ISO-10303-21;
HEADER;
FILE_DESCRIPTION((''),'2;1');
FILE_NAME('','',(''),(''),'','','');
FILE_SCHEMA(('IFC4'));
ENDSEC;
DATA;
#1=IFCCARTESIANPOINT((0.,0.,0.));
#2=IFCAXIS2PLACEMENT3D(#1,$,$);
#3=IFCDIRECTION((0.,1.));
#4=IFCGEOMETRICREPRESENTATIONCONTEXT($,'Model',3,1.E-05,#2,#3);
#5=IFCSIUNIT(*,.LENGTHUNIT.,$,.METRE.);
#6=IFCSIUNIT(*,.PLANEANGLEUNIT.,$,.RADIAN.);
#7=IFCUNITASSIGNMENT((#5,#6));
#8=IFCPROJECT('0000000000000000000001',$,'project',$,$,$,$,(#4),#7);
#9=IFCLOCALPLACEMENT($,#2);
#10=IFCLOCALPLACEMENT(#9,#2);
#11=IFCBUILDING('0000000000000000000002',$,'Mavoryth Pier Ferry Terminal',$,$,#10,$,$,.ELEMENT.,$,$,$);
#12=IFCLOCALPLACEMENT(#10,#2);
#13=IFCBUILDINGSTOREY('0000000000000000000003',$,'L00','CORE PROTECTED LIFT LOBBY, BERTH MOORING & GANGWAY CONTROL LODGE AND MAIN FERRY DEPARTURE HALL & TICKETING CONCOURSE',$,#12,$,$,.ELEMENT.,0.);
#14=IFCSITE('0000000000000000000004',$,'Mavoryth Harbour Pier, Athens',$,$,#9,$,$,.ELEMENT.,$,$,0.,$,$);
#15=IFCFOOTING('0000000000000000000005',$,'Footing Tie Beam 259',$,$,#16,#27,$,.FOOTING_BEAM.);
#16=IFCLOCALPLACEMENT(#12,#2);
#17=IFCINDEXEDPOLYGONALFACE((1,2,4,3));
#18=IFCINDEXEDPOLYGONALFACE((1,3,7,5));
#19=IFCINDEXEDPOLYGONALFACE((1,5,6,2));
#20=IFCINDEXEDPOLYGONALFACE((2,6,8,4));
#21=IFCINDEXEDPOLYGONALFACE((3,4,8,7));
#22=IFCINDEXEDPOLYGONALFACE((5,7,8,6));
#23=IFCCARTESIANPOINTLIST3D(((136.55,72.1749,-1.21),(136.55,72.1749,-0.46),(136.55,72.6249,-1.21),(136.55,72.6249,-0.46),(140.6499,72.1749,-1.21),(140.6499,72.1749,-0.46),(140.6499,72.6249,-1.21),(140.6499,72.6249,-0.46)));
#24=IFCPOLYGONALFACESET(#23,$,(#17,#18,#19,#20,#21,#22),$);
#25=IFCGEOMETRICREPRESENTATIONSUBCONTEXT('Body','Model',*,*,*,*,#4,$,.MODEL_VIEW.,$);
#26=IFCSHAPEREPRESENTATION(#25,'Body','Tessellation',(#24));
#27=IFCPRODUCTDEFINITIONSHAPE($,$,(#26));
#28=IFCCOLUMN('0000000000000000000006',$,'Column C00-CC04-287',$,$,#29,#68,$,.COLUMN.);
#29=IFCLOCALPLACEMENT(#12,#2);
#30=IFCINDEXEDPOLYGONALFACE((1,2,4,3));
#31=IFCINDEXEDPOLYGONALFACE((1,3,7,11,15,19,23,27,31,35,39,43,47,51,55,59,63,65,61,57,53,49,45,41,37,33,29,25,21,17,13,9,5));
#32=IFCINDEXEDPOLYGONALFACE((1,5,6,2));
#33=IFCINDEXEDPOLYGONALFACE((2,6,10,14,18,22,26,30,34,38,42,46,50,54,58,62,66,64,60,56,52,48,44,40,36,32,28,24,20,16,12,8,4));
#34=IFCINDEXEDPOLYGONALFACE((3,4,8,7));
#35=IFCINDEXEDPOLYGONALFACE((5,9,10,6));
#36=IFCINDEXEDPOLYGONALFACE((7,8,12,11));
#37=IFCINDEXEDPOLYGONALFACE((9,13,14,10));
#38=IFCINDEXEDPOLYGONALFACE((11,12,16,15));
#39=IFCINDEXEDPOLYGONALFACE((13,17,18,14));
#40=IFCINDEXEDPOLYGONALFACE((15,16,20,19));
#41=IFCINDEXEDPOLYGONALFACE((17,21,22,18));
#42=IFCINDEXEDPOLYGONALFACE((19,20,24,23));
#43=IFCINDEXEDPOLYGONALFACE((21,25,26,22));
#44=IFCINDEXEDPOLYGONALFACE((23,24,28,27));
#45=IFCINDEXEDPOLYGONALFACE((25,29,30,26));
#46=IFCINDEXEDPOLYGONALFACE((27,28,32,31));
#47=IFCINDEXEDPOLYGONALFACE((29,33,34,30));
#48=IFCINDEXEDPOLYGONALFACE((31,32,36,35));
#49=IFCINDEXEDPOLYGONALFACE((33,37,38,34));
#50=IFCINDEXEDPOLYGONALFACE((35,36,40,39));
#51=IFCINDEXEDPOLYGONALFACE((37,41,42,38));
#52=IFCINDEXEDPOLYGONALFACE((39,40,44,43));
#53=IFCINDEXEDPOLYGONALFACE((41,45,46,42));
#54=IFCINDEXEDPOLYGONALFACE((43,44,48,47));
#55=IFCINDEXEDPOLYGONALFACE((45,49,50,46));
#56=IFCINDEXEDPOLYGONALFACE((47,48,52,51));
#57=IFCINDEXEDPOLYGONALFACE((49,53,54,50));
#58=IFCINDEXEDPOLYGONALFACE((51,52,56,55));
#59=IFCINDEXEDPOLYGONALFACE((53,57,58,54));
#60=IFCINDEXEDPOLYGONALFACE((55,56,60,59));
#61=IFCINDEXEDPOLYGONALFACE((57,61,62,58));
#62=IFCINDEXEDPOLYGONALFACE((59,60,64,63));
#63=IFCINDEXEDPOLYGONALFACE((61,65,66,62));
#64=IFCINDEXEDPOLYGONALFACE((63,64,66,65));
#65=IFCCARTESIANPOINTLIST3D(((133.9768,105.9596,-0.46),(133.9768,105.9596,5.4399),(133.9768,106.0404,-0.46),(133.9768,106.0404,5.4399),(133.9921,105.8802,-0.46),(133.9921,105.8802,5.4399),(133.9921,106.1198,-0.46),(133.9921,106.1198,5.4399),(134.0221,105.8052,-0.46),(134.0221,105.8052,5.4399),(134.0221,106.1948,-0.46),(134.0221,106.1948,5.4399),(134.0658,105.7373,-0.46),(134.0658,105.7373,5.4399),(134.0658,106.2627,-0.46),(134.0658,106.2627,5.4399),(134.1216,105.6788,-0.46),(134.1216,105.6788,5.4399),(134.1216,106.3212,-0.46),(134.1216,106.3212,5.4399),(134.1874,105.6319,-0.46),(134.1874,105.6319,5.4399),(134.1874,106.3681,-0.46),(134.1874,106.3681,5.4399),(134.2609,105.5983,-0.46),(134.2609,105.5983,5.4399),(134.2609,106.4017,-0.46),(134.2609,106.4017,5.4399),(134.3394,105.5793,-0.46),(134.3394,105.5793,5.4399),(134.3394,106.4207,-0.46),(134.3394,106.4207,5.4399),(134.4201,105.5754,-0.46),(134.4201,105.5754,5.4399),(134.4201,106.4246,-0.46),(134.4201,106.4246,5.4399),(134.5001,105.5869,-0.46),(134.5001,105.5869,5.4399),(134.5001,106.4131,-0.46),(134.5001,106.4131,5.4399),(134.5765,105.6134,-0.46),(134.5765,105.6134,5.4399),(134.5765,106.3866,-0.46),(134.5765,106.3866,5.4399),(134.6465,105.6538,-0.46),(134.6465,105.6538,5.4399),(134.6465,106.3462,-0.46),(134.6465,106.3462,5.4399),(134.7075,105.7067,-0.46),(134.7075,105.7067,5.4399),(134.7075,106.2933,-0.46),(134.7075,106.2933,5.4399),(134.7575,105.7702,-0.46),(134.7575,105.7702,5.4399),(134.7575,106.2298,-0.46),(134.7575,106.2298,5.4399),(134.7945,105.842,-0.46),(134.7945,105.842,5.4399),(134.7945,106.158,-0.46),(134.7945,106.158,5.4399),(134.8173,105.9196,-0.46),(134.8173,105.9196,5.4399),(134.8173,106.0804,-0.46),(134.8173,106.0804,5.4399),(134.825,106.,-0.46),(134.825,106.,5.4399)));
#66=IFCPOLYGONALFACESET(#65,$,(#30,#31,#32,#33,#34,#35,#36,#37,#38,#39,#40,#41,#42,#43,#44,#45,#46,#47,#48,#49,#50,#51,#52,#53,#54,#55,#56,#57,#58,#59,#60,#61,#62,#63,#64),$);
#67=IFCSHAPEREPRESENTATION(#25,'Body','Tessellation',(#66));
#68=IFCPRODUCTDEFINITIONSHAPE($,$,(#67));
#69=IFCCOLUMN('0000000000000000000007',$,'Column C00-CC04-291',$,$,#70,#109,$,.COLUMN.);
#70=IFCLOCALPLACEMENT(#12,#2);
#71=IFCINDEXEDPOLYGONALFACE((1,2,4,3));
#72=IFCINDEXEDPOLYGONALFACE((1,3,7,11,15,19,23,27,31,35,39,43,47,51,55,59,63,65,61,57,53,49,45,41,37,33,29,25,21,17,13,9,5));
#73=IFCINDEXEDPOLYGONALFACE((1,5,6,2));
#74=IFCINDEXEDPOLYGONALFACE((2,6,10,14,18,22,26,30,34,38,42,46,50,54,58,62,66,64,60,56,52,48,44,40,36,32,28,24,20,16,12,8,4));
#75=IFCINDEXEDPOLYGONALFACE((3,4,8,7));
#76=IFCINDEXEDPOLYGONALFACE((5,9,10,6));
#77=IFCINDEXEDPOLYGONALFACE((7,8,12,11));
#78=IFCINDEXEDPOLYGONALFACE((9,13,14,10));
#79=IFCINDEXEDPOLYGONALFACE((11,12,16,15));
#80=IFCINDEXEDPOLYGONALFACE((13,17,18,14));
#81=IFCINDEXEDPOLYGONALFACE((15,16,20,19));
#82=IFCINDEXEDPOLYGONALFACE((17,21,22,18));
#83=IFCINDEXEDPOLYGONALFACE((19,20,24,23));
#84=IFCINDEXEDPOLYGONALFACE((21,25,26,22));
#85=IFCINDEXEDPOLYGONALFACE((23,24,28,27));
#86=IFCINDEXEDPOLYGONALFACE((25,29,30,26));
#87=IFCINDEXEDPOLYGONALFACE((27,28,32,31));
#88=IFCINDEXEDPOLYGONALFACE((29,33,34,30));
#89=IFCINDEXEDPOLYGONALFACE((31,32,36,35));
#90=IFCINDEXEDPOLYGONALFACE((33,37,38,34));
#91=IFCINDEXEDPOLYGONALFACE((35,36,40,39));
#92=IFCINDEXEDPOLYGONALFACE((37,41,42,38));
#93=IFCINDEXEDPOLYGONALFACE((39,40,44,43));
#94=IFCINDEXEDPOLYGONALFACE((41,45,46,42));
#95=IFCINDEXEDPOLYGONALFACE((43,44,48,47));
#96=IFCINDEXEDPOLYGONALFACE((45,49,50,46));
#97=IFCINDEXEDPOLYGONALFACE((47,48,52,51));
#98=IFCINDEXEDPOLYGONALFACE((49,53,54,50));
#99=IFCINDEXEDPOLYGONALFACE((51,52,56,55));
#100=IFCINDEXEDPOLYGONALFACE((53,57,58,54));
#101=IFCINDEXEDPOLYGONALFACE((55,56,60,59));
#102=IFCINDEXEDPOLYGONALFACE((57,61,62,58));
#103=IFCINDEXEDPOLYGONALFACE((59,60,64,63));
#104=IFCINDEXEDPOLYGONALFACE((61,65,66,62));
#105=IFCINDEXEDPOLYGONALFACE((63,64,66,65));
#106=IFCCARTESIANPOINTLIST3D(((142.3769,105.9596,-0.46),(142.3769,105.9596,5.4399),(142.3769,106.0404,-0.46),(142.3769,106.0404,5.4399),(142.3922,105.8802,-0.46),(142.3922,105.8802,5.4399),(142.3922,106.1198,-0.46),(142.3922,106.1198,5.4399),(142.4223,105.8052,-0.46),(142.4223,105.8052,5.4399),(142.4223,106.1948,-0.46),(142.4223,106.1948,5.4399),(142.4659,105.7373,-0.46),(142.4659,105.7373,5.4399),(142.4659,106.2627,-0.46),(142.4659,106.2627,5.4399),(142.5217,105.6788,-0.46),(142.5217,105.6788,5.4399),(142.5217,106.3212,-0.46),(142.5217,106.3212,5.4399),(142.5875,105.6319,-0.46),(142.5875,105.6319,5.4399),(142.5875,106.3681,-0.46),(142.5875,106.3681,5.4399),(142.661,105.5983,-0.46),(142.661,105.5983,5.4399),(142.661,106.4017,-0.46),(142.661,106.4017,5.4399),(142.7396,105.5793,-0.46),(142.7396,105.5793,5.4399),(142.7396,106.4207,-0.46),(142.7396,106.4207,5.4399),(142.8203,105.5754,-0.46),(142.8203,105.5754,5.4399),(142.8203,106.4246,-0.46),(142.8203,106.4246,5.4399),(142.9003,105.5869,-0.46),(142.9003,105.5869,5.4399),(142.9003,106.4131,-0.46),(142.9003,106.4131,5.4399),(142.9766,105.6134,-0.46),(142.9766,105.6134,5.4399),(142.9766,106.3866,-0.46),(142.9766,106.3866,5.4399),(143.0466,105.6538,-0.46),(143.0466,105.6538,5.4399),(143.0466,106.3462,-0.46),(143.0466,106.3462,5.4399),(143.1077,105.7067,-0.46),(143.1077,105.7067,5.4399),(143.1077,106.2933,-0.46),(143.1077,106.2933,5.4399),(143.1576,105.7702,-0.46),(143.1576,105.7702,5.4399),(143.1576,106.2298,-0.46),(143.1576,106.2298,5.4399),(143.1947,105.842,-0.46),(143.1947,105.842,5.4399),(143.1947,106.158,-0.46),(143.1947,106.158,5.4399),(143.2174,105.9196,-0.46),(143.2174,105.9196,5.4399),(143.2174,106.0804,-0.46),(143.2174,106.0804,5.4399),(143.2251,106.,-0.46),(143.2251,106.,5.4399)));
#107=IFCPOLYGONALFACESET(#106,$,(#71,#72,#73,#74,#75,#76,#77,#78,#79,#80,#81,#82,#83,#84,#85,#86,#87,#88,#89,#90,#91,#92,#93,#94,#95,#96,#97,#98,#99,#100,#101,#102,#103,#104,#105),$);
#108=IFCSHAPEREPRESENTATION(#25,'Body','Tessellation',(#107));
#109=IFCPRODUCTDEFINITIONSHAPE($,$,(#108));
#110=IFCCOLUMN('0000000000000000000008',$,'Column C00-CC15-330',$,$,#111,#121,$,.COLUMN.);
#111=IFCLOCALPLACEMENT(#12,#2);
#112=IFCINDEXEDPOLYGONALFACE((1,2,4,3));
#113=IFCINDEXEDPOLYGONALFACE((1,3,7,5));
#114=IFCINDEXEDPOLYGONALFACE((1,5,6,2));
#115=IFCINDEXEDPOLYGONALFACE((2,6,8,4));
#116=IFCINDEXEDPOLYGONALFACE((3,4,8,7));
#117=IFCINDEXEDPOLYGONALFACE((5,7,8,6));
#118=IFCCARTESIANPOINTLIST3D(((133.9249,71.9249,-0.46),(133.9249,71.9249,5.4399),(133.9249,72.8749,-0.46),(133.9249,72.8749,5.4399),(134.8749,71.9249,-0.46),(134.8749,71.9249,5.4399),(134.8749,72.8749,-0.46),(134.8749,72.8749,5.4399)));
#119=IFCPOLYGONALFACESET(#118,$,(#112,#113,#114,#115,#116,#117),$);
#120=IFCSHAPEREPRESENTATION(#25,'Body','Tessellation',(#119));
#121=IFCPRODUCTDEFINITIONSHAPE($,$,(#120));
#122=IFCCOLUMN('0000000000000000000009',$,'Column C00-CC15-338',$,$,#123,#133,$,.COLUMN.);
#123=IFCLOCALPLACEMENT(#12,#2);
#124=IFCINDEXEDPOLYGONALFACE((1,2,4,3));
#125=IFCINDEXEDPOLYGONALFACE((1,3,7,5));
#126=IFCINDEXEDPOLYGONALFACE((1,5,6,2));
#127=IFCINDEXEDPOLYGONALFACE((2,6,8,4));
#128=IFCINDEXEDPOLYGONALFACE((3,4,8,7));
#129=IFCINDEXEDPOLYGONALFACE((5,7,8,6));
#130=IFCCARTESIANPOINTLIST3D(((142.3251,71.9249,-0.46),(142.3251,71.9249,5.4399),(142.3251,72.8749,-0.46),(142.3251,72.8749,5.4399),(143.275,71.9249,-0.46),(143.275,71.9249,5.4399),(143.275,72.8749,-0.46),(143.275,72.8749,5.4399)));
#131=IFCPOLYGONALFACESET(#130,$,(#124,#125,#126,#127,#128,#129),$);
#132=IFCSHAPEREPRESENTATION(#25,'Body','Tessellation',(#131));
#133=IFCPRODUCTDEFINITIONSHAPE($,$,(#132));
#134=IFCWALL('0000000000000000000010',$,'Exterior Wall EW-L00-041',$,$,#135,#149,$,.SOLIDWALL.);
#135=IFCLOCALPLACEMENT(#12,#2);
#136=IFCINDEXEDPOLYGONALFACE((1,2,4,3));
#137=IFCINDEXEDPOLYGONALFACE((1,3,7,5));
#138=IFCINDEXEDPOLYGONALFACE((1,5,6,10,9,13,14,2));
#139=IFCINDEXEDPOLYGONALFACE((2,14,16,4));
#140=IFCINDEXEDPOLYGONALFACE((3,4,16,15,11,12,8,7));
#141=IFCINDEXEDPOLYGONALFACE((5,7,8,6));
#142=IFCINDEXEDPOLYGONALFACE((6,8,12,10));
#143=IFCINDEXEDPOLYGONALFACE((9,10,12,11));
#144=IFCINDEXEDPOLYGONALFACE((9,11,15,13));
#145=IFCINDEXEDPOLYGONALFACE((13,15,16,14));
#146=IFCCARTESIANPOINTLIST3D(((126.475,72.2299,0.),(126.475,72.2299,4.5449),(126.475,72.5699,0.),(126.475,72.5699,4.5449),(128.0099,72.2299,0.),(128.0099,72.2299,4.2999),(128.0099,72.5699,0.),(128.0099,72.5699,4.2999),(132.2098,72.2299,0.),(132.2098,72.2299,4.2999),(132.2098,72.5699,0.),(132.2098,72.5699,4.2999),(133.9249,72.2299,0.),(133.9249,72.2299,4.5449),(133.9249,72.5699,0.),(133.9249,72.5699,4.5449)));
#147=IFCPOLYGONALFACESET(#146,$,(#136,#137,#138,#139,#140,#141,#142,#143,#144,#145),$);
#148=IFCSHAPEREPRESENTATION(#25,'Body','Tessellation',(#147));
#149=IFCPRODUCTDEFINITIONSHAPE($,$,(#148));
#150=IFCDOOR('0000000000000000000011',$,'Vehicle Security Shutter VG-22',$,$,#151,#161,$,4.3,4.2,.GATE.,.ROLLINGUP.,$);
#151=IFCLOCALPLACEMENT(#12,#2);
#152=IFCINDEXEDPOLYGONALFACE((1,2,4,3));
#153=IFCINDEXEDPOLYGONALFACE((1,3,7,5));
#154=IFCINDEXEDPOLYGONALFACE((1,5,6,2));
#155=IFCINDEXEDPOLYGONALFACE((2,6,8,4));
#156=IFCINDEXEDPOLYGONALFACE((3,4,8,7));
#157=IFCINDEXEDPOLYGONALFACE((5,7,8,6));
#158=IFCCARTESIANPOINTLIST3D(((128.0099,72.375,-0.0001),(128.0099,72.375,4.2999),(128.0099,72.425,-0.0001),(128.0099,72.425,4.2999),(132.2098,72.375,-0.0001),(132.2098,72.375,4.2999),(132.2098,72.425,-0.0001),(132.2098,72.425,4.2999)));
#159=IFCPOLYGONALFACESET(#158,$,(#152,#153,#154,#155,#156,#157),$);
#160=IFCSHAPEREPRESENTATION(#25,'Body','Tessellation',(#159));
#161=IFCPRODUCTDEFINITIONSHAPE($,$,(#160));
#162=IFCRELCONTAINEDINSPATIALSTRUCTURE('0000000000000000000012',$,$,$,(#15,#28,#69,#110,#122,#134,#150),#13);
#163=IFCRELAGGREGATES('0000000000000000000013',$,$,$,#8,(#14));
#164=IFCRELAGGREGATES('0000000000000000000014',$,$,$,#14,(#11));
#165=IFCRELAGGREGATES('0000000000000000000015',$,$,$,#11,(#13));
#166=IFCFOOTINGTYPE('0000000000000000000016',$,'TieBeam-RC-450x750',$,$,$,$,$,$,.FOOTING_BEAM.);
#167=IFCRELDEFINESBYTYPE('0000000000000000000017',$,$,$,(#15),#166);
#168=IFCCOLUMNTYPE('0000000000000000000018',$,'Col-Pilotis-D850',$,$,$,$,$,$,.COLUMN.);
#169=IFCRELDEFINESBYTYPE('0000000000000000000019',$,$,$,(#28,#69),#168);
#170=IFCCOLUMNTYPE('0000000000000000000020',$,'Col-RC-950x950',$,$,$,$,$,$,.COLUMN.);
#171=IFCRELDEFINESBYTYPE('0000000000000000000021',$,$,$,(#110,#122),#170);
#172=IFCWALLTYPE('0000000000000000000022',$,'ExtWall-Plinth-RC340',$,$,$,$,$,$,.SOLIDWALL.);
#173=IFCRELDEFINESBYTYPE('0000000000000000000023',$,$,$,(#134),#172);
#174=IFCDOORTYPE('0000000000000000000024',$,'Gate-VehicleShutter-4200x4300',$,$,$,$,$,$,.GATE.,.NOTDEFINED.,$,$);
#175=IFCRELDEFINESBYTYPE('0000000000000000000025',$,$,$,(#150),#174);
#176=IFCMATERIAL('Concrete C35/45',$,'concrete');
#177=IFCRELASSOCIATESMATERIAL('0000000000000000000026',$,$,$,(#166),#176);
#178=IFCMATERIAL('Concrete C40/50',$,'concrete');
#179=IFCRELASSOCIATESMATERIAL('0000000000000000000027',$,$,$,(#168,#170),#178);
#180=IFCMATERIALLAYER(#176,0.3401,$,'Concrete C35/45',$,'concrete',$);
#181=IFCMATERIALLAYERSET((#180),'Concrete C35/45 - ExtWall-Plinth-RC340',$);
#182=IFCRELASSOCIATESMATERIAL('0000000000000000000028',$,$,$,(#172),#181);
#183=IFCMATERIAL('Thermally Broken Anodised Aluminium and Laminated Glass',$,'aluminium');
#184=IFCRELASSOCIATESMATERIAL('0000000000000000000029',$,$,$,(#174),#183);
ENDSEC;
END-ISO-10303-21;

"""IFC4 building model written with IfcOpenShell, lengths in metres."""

from ifc_helpers import new_model, si_unit, direction, frame, frame_2d, origin, origin_2d, place, context, subcontext, project, spatial, rectangle, circle, extrude, material, layer, layer_set, material_profile, profile_set, type_object, element, fill, save


model = new_model("IFC4")

# Units and contexts
model_context = context("Model", 3, precision=1e-05, world=origin(), true_north=direction((0.0, 1.0)))
body_context = subcontext(model_context, "Body", "Model", "MODEL_VIEW")
ifc_project = project(units=[si_unit("LENGTHUNIT", "METRE"), si_unit("PLANEANGLEUNIT", "RADIAN")], contexts=[model_context])

# Site, building, storey
site_placement = place(None, origin())
site = spatial("IfcSite", under=ifc_project, at=site_placement, Name="Mavoryth Harbour Pier, Athens", CompositionType="ELEMENT", RefElevation=0.0)
building_placement = place(site_placement, origin())
building = spatial("IfcBuilding", under=site, at=building_placement, Name="Mavoryth Pier Ferry Terminal", CompositionType="ELEMENT")
storey_placement = place(building_placement, origin())
storey = spatial("IfcBuildingStorey", under=building, at=storey_placement, Name="L00", Description="CORE PROTECTED LIFT LOBBY, BERTH MOORING & GANGWAY CONTROL LODGE AND MAIN FERRY DEPARTURE HALL & TICKETING CONCOURSE", CompositionType="ELEMENT", Elevation=0.0)

# Shared definitions
ifc_material_1 = material(Name="Concrete C35/45", Category="concrete")

# Footing
ifc_material_profile_1 = material_profile(ifc_material_1, rectangle(XDim=0.45, YDim=0.75, at=origin_2d()), Name="RC 450x750", Category="concrete")
ifc_profile_set_1 = profile_set([ifc_material_profile_1], Name="Concrete C35/45 - RC 450x750")
footing_type_1 = type_object("IfcFootingType", Name="TieBeam-RC-450x750", PredefinedType="FOOTING_BEAM", material=ifc_profile_set_1)
footing_1_placement = place(storey_placement, frame((136.55, 72.3999, -0.835), z_axis=(1.0, 0.0, 0.0), x_axis=(0.0, 1.0, 0.0)))
element("IfcFooting", 1, at=footing_1_placement, inside=storey, type_object=footing_type_1, Name="Footing Tie Beam 259", PredefinedType="FOOTING_BEAM", context=body_context, shape_type="SweptSolid", body=[
    extrude(rectangle(XDim=0.45, YDim=0.75, at=origin_2d()), origin(), (0.0, 0.0, 1.0), 4.0999),
])

# Columns
ifc_material_2 = material(Name="Concrete C40/50", Category="concrete")
ifc_material_profile_2 = material_profile(ifc_material_2, circle(Radius=0.425, at=origin_2d()), Name="RC D850", Category="concrete")
ifc_profile_set_2 = profile_set([ifc_material_profile_2], Name="Concrete C40/50 - RC D850")
column_type_1 = type_object("IfcColumnType", Name="Col-Pilotis-D850", PredefinedType="COLUMN", material=ifc_profile_set_2)
for number, where, z_axis, x_axis, name in (
    (2, (134.3999, 106.0, -0.46), (0.0, 0.0, 1.0), (1.0, 0.0, 0.0), "Column C00-CC04-287"),
    (3, (142.8, 106.0, -0.46), (0.0, 0.0, 1.0), (1.0, 0.0, 0.0), "Column C00-CC04-291"),
):
    element("IfcColumn", number, at=place(storey_placement, frame(where, z_axis=z_axis, x_axis=x_axis)), inside=storey, type_object=column_type_1, Name=name, PredefinedType="COLUMN", context=body_context, shape_type="SweptSolid", body=[
        extrude(circle(Radius=0.425, at=origin_2d()), origin(), (0.0, 0.0, 1.0), 5.8999),
    ])
ifc_material_profile_3 = material_profile(ifc_material_2, rectangle(XDim=0.95, YDim=0.95, at=origin_2d()), Name="RC 950x950", Category="concrete")
ifc_profile_set_3 = profile_set([ifc_material_profile_3], Name="Concrete C40/50 - RC 950x950")
column_type_2 = type_object("IfcColumnType", Name="Col-RC-950x950", PredefinedType="COLUMN", material=ifc_profile_set_3)
for number, where, z_axis, x_axis, name in (
    (4, (134.3999, 72.3999, -0.46), (0.0, 0.0, 1.0), (1.0, 0.0, 0.0), "Column C00-CC15-330"),
    (5, (142.8, 72.3999, -0.46), (0.0, 0.0, 1.0), (1.0, 0.0, 0.0), "Column C00-CC15-338"),
):
    element("IfcColumn", number, at=place(storey_placement, frame(where, z_axis=z_axis, x_axis=x_axis)), inside=storey, type_object=column_type_2, Name=name, PredefinedType="COLUMN", context=body_context, shape_type="SweptSolid", body=[
        extrude(rectangle(XDim=0.95, YDim=0.95, at=origin_2d()), origin(), (0.0, 0.0, 1.0), 5.8999),
    ])

# Shared definitions
ifc_material_3 = material(Name="Thermally Broken Anodised Aluminium and Laminated Glass", Category="aluminium")

# Wall, opening, door
ifc_layer_1 = layer(ifc_material_1, 0.3401, Name="Concrete C35/45", Category="concrete")
ifc_layer_set_1 = layer_set([ifc_layer_1], Name="Concrete C35/45 - ExtWall-Plinth-RC340")
wall_type_1 = type_object("IfcWallType", Name="ExtWall-Plinth-RC340", PredefinedType="SOLIDWALL", material=ifc_layer_set_1)
wall_1_placement = place(storey_placement, frame((133.925, 72.3999, 0.0), z_axis=(0.0, 0.0, 1.0), x_axis=(-1.0, 0.0, 0.0)))
wall_1 = element("IfcWall", 6, at=wall_1_placement, inside=storey, type_object=wall_type_1, Name="Exterior Wall EW-L00-041", PredefinedType="SOLIDWALL", context=body_context, shape_type="SweptSolid", body=[
    extrude(rectangle(XDim=7.45, YDim=0.3401, at=frame_2d((3.7251, 0.0))), origin(), (0.0, 0.0, 1.0), 4.5449),
])
opening_1_placement = place(wall_1_placement, frame((1.7151, 0.0, 0.0)))
opening_1 = element("IfcOpeningElement", 7, at=opening_1_placement, cuts=wall_1, PredefinedType="OPENING", context=body_context, shape_type="SweptSolid", body=[
    extrude(rectangle(XDim=4.2, YDim=4.3, at=frame_2d((2.1001, 2.1499))), frame((0.0, 0.1799, 0.0), z_axis=(0.0, -1.0, 0.0), x_axis=(1.0, 0.0, 0.0)), (0.0, 0.0, 1.0), 0.3601),
])
door_type_1 = type_object("IfcDoorType", Name="Gate-VehicleShutter-4200x4300", OperationType="NOTDEFINED", PredefinedType="GATE", material=ifc_material_3)
door_1_placement = place(opening_1_placement, origin())
door_1 = element("IfcDoor", 8, at=door_1_placement, inside=storey, type_object=door_type_1, Name="Vehicle Security Shutter VG-22", OperationType="ROLLINGUP", OverallHeight=4.3, OverallWidth=4.2, PredefinedType="GATE", context=body_context, shape_type="SweptSolid", body=[
    extrude(rectangle(XDim=4.2, YDim=4.3, at=frame_2d((2.1001, 2.1499))), frame((0.0, 0.0249, 0.0), z_axis=(0.0, -1.0, 0.0), x_axis=(1.0, 0.0, 0.0)), (0.0, 0.0, 1.0), 0.05),
])
fill(opening_1, door_1)

save(model, "model.ifc")
